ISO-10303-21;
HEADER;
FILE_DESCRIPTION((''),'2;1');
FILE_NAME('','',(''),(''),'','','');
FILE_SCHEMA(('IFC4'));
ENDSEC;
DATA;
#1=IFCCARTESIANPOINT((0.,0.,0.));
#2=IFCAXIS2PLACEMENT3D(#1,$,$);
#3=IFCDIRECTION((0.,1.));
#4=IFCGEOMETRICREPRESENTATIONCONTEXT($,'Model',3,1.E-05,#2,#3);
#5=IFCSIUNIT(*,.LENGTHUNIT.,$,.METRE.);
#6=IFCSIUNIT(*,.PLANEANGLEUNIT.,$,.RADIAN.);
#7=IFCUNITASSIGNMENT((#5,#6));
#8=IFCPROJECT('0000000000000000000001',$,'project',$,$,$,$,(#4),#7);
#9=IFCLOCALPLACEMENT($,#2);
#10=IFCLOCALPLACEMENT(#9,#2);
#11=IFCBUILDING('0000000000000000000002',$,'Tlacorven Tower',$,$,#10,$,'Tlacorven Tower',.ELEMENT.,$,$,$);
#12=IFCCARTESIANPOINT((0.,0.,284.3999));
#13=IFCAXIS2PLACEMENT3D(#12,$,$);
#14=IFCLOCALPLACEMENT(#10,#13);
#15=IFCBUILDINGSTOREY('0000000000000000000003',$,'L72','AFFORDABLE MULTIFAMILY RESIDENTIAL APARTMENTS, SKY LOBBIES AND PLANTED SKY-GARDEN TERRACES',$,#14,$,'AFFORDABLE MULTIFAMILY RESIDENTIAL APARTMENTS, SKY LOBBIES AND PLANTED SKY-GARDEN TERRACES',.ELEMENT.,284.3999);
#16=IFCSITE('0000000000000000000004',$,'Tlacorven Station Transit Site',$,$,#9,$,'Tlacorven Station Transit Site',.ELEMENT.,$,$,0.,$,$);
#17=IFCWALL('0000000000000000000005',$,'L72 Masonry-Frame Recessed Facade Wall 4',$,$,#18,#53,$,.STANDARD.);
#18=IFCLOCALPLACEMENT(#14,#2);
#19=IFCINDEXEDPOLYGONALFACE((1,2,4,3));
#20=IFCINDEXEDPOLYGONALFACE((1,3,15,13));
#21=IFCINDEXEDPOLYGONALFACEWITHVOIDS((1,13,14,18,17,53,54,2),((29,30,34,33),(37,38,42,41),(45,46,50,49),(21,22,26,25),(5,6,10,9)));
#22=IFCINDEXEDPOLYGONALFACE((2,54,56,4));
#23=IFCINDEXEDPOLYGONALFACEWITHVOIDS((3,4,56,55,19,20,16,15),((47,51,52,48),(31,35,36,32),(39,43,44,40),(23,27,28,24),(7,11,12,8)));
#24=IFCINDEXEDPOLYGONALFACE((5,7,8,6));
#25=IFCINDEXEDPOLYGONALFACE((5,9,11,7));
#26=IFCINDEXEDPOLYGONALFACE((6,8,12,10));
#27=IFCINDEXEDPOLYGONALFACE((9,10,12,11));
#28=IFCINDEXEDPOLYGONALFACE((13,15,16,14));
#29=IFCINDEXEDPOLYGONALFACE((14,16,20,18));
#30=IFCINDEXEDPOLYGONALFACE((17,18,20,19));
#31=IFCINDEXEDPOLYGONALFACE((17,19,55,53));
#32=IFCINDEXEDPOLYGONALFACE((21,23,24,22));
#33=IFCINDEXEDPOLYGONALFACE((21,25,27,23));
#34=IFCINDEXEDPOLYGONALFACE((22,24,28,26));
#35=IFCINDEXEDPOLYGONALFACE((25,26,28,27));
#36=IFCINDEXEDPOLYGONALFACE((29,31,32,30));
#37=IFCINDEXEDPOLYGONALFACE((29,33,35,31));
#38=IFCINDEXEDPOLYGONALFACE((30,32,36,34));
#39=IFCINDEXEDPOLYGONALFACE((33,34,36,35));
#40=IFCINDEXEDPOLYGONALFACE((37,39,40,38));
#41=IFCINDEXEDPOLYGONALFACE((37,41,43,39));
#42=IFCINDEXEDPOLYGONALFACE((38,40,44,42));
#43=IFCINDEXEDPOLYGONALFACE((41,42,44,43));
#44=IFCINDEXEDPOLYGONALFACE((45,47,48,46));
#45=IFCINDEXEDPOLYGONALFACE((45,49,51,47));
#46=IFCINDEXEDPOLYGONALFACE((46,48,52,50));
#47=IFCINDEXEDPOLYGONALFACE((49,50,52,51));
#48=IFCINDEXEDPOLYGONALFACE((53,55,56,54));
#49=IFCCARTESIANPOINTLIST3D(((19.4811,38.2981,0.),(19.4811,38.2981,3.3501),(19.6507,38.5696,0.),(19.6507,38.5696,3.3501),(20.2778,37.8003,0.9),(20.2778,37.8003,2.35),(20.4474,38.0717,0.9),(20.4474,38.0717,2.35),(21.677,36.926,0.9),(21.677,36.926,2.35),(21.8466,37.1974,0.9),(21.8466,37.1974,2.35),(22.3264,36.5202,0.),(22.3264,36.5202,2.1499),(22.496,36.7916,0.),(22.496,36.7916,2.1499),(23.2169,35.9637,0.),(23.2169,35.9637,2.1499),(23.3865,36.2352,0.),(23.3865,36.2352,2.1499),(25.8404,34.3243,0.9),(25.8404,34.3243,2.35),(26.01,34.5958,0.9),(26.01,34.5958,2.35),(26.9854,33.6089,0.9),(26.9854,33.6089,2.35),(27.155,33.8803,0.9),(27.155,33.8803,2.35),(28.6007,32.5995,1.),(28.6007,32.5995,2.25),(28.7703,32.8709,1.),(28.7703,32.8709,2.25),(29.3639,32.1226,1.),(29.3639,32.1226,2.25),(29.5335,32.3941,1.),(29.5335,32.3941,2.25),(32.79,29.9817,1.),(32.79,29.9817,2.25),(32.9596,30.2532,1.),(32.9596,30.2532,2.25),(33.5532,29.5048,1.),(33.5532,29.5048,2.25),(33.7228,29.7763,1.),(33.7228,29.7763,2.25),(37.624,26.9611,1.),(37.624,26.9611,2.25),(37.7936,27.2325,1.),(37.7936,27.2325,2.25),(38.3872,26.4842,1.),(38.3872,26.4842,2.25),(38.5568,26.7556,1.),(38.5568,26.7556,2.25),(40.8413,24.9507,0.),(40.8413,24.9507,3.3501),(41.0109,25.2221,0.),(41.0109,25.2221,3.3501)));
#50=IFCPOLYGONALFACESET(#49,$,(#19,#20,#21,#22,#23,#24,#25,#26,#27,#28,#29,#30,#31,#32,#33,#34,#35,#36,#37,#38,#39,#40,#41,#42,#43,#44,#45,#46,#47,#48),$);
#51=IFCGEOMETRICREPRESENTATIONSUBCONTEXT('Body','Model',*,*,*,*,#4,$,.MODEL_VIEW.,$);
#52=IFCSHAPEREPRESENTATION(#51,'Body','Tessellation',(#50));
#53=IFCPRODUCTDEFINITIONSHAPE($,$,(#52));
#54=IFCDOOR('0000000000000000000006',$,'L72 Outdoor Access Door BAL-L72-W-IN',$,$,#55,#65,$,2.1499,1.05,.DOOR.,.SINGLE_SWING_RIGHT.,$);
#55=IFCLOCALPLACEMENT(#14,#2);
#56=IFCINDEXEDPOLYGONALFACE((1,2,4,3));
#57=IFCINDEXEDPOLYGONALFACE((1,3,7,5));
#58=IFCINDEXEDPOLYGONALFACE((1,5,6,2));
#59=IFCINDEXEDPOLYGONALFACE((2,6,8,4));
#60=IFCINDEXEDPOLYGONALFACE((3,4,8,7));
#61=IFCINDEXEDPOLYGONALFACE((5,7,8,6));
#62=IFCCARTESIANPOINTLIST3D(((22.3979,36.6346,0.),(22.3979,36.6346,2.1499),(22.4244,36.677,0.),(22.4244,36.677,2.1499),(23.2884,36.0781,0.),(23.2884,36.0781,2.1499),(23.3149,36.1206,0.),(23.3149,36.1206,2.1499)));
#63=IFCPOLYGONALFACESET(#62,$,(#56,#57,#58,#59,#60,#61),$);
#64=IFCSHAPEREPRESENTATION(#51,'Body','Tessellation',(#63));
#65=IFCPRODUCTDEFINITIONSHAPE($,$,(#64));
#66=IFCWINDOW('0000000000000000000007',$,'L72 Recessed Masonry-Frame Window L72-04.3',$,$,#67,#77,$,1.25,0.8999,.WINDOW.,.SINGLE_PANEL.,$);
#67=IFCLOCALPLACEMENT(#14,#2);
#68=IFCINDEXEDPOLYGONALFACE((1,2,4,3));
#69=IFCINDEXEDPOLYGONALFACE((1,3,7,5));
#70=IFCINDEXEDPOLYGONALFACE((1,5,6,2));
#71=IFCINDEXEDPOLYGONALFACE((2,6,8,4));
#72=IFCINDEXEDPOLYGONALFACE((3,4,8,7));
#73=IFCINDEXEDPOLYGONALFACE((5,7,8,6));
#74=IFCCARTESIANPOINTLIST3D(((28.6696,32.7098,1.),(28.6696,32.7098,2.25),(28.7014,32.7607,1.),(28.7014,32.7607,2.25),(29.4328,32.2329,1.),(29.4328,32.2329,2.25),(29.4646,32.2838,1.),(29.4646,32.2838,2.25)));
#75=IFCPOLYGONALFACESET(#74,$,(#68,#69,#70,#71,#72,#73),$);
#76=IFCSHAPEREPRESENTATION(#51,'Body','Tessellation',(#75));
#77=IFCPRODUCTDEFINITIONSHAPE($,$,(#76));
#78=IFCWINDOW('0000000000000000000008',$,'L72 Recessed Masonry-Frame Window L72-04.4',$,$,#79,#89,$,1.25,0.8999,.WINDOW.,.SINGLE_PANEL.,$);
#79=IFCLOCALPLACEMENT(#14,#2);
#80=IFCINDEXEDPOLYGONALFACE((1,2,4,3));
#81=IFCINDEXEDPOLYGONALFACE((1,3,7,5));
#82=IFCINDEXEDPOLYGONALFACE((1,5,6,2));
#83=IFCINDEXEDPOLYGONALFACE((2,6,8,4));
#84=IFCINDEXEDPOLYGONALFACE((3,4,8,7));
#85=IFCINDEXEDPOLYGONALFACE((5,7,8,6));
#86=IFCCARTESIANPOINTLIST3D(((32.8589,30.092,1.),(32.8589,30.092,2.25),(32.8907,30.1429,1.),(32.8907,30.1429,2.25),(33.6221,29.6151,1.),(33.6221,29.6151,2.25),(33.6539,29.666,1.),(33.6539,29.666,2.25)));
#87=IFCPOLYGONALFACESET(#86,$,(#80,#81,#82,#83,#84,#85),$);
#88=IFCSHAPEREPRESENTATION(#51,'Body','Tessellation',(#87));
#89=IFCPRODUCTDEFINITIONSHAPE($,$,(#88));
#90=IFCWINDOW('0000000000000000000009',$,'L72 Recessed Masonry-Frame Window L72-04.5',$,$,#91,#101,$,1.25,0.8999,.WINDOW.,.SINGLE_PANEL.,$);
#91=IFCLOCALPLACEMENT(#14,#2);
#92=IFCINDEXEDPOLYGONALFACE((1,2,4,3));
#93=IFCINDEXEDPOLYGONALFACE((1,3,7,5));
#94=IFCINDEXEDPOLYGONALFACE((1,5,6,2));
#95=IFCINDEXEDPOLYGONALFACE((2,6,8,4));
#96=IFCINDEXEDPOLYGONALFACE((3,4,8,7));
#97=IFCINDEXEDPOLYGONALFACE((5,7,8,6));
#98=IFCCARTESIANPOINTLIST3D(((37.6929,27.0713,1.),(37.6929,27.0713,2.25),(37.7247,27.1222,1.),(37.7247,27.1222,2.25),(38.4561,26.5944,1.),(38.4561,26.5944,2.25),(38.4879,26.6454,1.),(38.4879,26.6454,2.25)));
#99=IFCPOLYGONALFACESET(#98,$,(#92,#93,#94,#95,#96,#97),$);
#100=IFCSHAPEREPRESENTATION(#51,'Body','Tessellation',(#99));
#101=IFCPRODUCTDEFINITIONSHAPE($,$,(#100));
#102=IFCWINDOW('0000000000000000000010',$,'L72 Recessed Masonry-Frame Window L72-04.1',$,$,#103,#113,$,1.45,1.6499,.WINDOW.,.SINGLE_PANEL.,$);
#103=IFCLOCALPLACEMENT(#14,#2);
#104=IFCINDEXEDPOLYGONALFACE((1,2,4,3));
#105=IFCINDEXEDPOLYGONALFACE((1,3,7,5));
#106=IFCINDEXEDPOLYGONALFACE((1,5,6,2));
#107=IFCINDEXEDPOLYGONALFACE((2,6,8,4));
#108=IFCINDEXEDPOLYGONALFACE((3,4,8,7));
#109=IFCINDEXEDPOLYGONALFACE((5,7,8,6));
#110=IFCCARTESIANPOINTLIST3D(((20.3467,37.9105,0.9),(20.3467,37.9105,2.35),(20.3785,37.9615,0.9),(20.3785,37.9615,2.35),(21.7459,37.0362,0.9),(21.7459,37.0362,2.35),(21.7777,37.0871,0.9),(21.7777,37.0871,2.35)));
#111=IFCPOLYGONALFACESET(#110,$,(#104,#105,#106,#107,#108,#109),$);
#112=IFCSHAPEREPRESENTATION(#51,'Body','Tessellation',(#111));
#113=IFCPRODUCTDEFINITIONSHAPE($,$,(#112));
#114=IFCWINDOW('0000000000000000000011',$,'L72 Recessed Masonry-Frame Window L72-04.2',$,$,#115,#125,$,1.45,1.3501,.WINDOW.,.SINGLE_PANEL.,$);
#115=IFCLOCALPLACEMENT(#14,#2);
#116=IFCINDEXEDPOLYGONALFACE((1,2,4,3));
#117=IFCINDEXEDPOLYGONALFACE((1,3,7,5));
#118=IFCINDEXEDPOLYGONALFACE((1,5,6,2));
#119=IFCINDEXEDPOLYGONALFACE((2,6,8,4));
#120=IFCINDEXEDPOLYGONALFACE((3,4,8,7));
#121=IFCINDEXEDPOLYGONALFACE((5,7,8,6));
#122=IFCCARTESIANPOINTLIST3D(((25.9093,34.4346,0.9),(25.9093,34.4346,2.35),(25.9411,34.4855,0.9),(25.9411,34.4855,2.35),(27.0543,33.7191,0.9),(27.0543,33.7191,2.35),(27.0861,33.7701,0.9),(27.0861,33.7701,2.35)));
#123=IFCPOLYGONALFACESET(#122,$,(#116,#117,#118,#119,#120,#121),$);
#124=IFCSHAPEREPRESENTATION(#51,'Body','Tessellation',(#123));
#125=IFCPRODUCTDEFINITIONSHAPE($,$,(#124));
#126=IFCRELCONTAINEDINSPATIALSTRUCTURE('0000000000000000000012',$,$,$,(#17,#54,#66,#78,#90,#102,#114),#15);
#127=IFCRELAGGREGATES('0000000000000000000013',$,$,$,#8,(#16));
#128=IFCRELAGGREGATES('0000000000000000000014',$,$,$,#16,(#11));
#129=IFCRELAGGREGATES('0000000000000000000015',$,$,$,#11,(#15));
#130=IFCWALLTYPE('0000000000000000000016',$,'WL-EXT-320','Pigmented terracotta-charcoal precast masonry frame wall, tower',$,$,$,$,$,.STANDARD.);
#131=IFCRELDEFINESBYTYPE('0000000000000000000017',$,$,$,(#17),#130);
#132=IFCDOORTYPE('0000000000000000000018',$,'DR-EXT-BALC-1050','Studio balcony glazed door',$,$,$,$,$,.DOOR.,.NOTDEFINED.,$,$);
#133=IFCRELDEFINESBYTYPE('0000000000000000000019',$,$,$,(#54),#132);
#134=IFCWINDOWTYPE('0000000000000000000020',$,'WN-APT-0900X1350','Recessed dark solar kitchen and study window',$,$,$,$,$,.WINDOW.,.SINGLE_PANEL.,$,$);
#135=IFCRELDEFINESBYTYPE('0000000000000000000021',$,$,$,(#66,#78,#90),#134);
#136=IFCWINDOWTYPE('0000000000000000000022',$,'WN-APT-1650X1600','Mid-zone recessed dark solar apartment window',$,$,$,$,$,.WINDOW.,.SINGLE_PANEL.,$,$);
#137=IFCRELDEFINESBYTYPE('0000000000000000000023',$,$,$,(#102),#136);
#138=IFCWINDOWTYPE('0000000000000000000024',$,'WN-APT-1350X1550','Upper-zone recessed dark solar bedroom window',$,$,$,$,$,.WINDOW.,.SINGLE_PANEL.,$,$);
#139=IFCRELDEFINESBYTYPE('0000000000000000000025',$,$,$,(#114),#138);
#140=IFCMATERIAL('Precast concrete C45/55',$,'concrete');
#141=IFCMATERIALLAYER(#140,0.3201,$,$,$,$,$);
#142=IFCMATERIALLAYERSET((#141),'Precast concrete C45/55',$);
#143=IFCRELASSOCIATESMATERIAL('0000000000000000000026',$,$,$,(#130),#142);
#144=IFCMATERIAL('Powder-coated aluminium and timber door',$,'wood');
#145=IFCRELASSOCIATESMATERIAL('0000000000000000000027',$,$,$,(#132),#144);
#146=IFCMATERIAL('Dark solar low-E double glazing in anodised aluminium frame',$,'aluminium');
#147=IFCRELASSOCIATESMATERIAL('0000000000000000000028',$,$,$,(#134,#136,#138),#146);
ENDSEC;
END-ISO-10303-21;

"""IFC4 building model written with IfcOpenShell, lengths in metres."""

from ifc_helpers import new_model, si_unit, direction, frame, frame_2d, origin, place, context, subcontext, project, spatial, rectangle, extrude, source, transform, mapped, material, layer, layer_set, type_object, element, fill, save


model = new_model("IFC4")

# Units and contexts
model_context = context("Model", 3, precision=1e-05, world=origin(), true_north=direction((0.0, 1.0)))
body_context = subcontext(model_context, "Body", "Model", "MODEL_VIEW")
ifc_project = project(units=[si_unit("LENGTHUNIT", "METRE"), si_unit("PLANEANGLEUNIT", "RADIAN")], contexts=[model_context])

# Site, building, storey
site_placement = place(None, origin())
site = spatial("IfcSite", under=ifc_project, at=site_placement, Name="Tlacorven Station Transit Site", LongName="Tlacorven Station Transit Site", CompositionType="ELEMENT", RefElevation=0.0)
building_placement = place(site_placement, origin())
building = spatial("IfcBuilding", under=site, at=building_placement, Name="Tlacorven Tower", LongName="Tlacorven Tower", CompositionType="ELEMENT")
storey_placement = place(building_placement, frame((0.0, 0.0, 284.3999)))
storey = spatial("IfcBuildingStorey", under=building, at=storey_placement, Name="L72", Description="AFFORDABLE MULTIFAMILY RESIDENTIAL APARTMENTS, SKY LOBBIES AND PLANTED SKY-GARDEN TERRACES", LongName="AFFORDABLE MULTIFAMILY RESIDENTIAL APARTMENTS, SKY LOBBIES AND PLANTED SKY-GARDEN TERRACES", CompositionType="ELEMENT", Elevation=284.3999)

# Wall, openings, door, windows
ifc_material_1 = material(Name="Precast concrete C45/55", Category="concrete")
ifc_layer_1 = layer(ifc_material_1, 0.3201)
ifc_layer_set_1 = layer_set([ifc_layer_1], Name="Precast concrete C45/55")
wall_type_1 = type_object("IfcWallType", Name="WL-EXT-320", Description="Pigmented terracotta-charcoal precast masonry frame wall, tower", PredefinedType="STANDARD", material=ifc_layer_set_1)
wall_1_placement = place(storey_placement, frame((19.5659, 38.4338, 0.0), z_axis=(0.0, 0.0, 1.0), x_axis=(0.848046, -0.529923, 0.0)))
wall_1 = element("IfcWall", 1, at=wall_1_placement, inside=storey, type_object=wall_type_1, Name="L72 Masonry-Frame Recessed Facade Wall 4", PredefinedType="STANDARD", context=body_context, shape_type="SweptSolid", body=[
    extrude(rectangle(XDim=25.1875, YDim=0.3201, at=frame_2d((12.5938, 0.0))), origin(), (0.0, 0.0, 1.0), 3.3501),
])
opening_1_placement = place(wall_1_placement, frame((3.3552, 0.0, 0.0)))
opening_1 = element("IfcOpeningElement", 2, at=opening_1_placement, cuts=wall_1, PredefinedType="OPENING", context=body_context, shape_type="SweptSolid", body=[
    extrude(rectangle(XDim=1.05, YDim=2.1499, at=frame_2d((0.5249, 1.075))), frame((0.0, 0.1699, 0.0), z_axis=(0.0, -1.0, 0.0), x_axis=(1.0, 0.0, 0.0)), (0.0, 0.0, 1.0), 0.3401),
])
opening_2_placement = place(wall_1_placement, frame((0.9395, 0.0, 0.8999)))
opening_2 = element("IfcOpeningElement", 3, at=opening_2_placement, cuts=wall_1, PredefinedType="OPENING", context=body_context, shape_type="SweptSolid", body=[
    extrude(rectangle(XDim=1.6499, YDim=1.45, at=frame_2d((0.825, 0.7251))), frame((0.0, 0.1699, 0.0), z_axis=(0.0, -1.0, 0.0), x_axis=(1.0, 0.0, 0.0)), (0.0, 0.0, 1.0), 0.3401),
])
opening_3_placement = place(wall_1_placement, frame((7.4988, 0.0, 0.8999)))
opening_3 = element("IfcOpeningElement", 4, at=opening_3_placement, cuts=wall_1, PredefinedType="OPENING", context=body_context, shape_type="SweptSolid", body=[
    extrude(rectangle(XDim=1.3501, YDim=1.45, at=frame_2d((0.675, 0.7251))), frame((0.0, 0.1699, 0.0), z_axis=(0.0, -1.0, 0.0), x_axis=(1.0, 0.0, 0.0)), (0.0, 0.0, 1.0), 0.3401),
])
opening_4_placement = place(wall_1_placement, frame((10.7537, 0.0, 1.0)))
opening_4 = element("IfcOpeningElement", 5, at=opening_4_placement, cuts=wall_1, PredefinedType="OPENING", context=body_context, shape_type="SweptSolid", body=[
    extrude(rectangle(XDim=0.8999, YDim=1.25, at=frame_2d((0.45, 0.625))), frame((0.0, 0.1699, 0.0), z_axis=(0.0, -1.0, 0.0), x_axis=(1.0, 0.0, 0.0)), (0.0, 0.0, 1.0), 0.3401),
])
opening_5_placement = place(wall_1_placement, frame((15.6936, 0.0, 1.0)))
opening_5 = element("IfcOpeningElement", 6, at=opening_5_placement, cuts=wall_1, PredefinedType="OPENING", context=body_context, shape_type="SweptSolid", body=[
    extrude(rectangle(XDim=0.8999, YDim=1.25, at=frame_2d((0.45, 0.625))), frame((0.0, 0.1699, 0.0), z_axis=(0.0, -1.0, 0.0), x_axis=(1.0, 0.0, 0.0)), (0.0, 0.0, 1.0), 0.3401),
])
opening_6_placement = place(wall_1_placement, frame((21.3938, 0.0, 1.0)))
opening_6 = element("IfcOpeningElement", 7, at=opening_6_placement, cuts=wall_1, PredefinedType="OPENING", context=body_context, shape_type="SweptSolid", body=[
    extrude(rectangle(XDim=0.8999, YDim=1.25, at=frame_2d((0.45, 0.625))), frame((0.0, 0.1699, 0.0), z_axis=(0.0, -1.0, 0.0), x_axis=(1.0, 0.0, 0.0)), (0.0, 0.0, 1.0), 0.3401),
])
ifc_material_2 = material(Name="Powder-coated aluminium and timber door", Category="wood")
door_type_1 = type_object("IfcDoorType", Name="DR-EXT-BALC-1050", Description="Studio balcony glazed door", OperationType="NOTDEFINED", PredefinedType="DOOR", material=ifc_material_2)
shared_shape_1 = source(origin(), body_context, "Body", "SweptSolid", [
    extrude(rectangle(XDim=1.05, YDim=2.1499, at=frame_2d((0.5249, 1.075))), frame((0.0, 0.0249, 0.0), z_axis=(0.0, -1.0, 0.0), x_axis=(1.0, 0.0, 0.0)), (0.0, 0.0, 1.0), 0.05),
])
door_1_placement = place(opening_1_placement, origin())
door_1 = element("IfcDoor", 8, at=door_1_placement, inside=storey, type_object=door_type_1, Name="L72 Outdoor Access Door BAL-L72-W-IN", OperationType="SINGLE_SWING_RIGHT", OverallHeight=2.1499, OverallWidth=1.05, PredefinedType="DOOR", context=body_context, shape_type="MappedRepresentation", body=[
    mapped(shared_shape_1, transform((0.0, 0.0, 0.0), scale=1.0)),
])
fill(opening_1, door_1)
ifc_material_3 = material(Name="Dark solar low-E double glazing in anodised aluminium frame", Category="aluminium")
window_type_1 = type_object("IfcWindowType", Name="WN-APT-0900X1350", Description="Recessed dark solar kitchen and study window", PartitioningType="SINGLE_PANEL", PredefinedType="WINDOW", material=ifc_material_3)
shared_shape_2 = source(origin(), body_context, "Body", "SweptSolid", [
    extrude(rectangle(XDim=0.8999, YDim=1.25, at=frame_2d((0.45, 0.625))), frame((0.0, 0.03, 0.0), z_axis=(0.0, -1.0, 0.0), x_axis=(1.0, 0.0, 0.0)), (0.0, 0.0, 1.0), 0.0601),
])
window_1_placement = place(opening_4_placement, origin())
window_1 = element("IfcWindow", 9, at=window_1_placement, inside=storey, type_object=window_type_1, Name="L72 Recessed Masonry-Frame Window L72-04.3", OverallHeight=1.25, OverallWidth=0.8999, PartitioningType="SINGLE_PANEL", PredefinedType="WINDOW", context=body_context, shape_type="MappedRepresentation", body=[
    mapped(shared_shape_2, transform((0.0, 0.0, 0.0), scale=1.0)),
])
fill(opening_4, window_1)
window_2_placement = place(opening_5_placement, origin())
window_2 = element("IfcWindow", 10, at=window_2_placement, inside=storey, type_object=window_type_1, Name="L72 Recessed Masonry-Frame Window L72-04.4", OverallHeight=1.25, OverallWidth=0.8999, PartitioningType="SINGLE_PANEL", PredefinedType="WINDOW", context=body_context, shape_type="MappedRepresentation", body=[
    mapped(shared_shape_2, transform((0.0, 0.0, 0.0), scale=1.0)),
])
fill(opening_5, window_2)
window_3_placement = place(opening_6_placement, origin())
window_3 = element("IfcWindow", 11, at=window_3_placement, inside=storey, type_object=window_type_1, Name="L72 Recessed Masonry-Frame Window L72-04.5", OverallHeight=1.25, OverallWidth=0.8999, PartitioningType="SINGLE_PANEL", PredefinedType="WINDOW", context=body_context, shape_type="MappedRepresentation", body=[
    mapped(shared_shape_2, transform((0.0, 0.0, 0.0), scale=1.0)),
])
fill(opening_6, window_3)
window_type_2 = type_object("IfcWindowType", Name="WN-APT-1650X1600", Description="Mid-zone recessed dark solar apartment window", PartitioningType="SINGLE_PANEL", PredefinedType="WINDOW", material=ifc_material_3)
shared_shape_3 = source(origin(), body_context, "Body", "SweptSolid", [
    extrude(rectangle(XDim=1.6499, YDim=1.45, at=frame_2d((0.825, 0.7251))), frame((0.0, 0.03, 0.0), z_axis=(0.0, -1.0, 0.0), x_axis=(1.0, 0.0, 0.0)), (0.0, 0.0, 1.0), 0.0601),
])
window_4_placement = place(opening_2_placement, origin())
window_4 = element("IfcWindow", 12, at=window_4_placement, inside=storey, type_object=window_type_2, Name="L72 Recessed Masonry-Frame Window L72-04.1", OverallHeight=1.45, OverallWidth=1.6499, PartitioningType="SINGLE_PANEL", PredefinedType="WINDOW", context=body_context, shape_type="MappedRepresentation", body=[
    mapped(shared_shape_3, transform((0.0, 0.0, 0.0), scale=1.0)),
])
fill(opening_2, window_4)
window_type_3 = type_object("IfcWindowType", Name="WN-APT-1350X1550", Description="Upper-zone recessed dark solar bedroom window", PartitioningType="SINGLE_PANEL", PredefinedType="WINDOW", material=ifc_material_3)
shared_shape_4 = source(origin(), body_context, "Body", "SweptSolid", [
    extrude(rectangle(XDim=1.3501, YDim=1.45, at=frame_2d((0.675, 0.7251))), frame((0.0, 0.03, 0.0), z_axis=(0.0, -1.0, 0.0), x_axis=(1.0, 0.0, 0.0)), (0.0, 0.0, 1.0), 0.0601),
])
window_5_placement = place(opening_3_placement, origin())
window_5 = element("IfcWindow", 13, at=window_5_placement, inside=storey, type_object=window_type_3, Name="L72 Recessed Masonry-Frame Window L72-04.2", OverallHeight=1.45, OverallWidth=1.3501, PartitioningType="SINGLE_PANEL", PredefinedType="WINDOW", context=body_context, shape_type="MappedRepresentation", body=[
    mapped(shared_shape_4, transform((0.0, 0.0, 0.0), scale=1.0)),
])
fill(opening_3, window_5)

save(model, "model.ifc")
